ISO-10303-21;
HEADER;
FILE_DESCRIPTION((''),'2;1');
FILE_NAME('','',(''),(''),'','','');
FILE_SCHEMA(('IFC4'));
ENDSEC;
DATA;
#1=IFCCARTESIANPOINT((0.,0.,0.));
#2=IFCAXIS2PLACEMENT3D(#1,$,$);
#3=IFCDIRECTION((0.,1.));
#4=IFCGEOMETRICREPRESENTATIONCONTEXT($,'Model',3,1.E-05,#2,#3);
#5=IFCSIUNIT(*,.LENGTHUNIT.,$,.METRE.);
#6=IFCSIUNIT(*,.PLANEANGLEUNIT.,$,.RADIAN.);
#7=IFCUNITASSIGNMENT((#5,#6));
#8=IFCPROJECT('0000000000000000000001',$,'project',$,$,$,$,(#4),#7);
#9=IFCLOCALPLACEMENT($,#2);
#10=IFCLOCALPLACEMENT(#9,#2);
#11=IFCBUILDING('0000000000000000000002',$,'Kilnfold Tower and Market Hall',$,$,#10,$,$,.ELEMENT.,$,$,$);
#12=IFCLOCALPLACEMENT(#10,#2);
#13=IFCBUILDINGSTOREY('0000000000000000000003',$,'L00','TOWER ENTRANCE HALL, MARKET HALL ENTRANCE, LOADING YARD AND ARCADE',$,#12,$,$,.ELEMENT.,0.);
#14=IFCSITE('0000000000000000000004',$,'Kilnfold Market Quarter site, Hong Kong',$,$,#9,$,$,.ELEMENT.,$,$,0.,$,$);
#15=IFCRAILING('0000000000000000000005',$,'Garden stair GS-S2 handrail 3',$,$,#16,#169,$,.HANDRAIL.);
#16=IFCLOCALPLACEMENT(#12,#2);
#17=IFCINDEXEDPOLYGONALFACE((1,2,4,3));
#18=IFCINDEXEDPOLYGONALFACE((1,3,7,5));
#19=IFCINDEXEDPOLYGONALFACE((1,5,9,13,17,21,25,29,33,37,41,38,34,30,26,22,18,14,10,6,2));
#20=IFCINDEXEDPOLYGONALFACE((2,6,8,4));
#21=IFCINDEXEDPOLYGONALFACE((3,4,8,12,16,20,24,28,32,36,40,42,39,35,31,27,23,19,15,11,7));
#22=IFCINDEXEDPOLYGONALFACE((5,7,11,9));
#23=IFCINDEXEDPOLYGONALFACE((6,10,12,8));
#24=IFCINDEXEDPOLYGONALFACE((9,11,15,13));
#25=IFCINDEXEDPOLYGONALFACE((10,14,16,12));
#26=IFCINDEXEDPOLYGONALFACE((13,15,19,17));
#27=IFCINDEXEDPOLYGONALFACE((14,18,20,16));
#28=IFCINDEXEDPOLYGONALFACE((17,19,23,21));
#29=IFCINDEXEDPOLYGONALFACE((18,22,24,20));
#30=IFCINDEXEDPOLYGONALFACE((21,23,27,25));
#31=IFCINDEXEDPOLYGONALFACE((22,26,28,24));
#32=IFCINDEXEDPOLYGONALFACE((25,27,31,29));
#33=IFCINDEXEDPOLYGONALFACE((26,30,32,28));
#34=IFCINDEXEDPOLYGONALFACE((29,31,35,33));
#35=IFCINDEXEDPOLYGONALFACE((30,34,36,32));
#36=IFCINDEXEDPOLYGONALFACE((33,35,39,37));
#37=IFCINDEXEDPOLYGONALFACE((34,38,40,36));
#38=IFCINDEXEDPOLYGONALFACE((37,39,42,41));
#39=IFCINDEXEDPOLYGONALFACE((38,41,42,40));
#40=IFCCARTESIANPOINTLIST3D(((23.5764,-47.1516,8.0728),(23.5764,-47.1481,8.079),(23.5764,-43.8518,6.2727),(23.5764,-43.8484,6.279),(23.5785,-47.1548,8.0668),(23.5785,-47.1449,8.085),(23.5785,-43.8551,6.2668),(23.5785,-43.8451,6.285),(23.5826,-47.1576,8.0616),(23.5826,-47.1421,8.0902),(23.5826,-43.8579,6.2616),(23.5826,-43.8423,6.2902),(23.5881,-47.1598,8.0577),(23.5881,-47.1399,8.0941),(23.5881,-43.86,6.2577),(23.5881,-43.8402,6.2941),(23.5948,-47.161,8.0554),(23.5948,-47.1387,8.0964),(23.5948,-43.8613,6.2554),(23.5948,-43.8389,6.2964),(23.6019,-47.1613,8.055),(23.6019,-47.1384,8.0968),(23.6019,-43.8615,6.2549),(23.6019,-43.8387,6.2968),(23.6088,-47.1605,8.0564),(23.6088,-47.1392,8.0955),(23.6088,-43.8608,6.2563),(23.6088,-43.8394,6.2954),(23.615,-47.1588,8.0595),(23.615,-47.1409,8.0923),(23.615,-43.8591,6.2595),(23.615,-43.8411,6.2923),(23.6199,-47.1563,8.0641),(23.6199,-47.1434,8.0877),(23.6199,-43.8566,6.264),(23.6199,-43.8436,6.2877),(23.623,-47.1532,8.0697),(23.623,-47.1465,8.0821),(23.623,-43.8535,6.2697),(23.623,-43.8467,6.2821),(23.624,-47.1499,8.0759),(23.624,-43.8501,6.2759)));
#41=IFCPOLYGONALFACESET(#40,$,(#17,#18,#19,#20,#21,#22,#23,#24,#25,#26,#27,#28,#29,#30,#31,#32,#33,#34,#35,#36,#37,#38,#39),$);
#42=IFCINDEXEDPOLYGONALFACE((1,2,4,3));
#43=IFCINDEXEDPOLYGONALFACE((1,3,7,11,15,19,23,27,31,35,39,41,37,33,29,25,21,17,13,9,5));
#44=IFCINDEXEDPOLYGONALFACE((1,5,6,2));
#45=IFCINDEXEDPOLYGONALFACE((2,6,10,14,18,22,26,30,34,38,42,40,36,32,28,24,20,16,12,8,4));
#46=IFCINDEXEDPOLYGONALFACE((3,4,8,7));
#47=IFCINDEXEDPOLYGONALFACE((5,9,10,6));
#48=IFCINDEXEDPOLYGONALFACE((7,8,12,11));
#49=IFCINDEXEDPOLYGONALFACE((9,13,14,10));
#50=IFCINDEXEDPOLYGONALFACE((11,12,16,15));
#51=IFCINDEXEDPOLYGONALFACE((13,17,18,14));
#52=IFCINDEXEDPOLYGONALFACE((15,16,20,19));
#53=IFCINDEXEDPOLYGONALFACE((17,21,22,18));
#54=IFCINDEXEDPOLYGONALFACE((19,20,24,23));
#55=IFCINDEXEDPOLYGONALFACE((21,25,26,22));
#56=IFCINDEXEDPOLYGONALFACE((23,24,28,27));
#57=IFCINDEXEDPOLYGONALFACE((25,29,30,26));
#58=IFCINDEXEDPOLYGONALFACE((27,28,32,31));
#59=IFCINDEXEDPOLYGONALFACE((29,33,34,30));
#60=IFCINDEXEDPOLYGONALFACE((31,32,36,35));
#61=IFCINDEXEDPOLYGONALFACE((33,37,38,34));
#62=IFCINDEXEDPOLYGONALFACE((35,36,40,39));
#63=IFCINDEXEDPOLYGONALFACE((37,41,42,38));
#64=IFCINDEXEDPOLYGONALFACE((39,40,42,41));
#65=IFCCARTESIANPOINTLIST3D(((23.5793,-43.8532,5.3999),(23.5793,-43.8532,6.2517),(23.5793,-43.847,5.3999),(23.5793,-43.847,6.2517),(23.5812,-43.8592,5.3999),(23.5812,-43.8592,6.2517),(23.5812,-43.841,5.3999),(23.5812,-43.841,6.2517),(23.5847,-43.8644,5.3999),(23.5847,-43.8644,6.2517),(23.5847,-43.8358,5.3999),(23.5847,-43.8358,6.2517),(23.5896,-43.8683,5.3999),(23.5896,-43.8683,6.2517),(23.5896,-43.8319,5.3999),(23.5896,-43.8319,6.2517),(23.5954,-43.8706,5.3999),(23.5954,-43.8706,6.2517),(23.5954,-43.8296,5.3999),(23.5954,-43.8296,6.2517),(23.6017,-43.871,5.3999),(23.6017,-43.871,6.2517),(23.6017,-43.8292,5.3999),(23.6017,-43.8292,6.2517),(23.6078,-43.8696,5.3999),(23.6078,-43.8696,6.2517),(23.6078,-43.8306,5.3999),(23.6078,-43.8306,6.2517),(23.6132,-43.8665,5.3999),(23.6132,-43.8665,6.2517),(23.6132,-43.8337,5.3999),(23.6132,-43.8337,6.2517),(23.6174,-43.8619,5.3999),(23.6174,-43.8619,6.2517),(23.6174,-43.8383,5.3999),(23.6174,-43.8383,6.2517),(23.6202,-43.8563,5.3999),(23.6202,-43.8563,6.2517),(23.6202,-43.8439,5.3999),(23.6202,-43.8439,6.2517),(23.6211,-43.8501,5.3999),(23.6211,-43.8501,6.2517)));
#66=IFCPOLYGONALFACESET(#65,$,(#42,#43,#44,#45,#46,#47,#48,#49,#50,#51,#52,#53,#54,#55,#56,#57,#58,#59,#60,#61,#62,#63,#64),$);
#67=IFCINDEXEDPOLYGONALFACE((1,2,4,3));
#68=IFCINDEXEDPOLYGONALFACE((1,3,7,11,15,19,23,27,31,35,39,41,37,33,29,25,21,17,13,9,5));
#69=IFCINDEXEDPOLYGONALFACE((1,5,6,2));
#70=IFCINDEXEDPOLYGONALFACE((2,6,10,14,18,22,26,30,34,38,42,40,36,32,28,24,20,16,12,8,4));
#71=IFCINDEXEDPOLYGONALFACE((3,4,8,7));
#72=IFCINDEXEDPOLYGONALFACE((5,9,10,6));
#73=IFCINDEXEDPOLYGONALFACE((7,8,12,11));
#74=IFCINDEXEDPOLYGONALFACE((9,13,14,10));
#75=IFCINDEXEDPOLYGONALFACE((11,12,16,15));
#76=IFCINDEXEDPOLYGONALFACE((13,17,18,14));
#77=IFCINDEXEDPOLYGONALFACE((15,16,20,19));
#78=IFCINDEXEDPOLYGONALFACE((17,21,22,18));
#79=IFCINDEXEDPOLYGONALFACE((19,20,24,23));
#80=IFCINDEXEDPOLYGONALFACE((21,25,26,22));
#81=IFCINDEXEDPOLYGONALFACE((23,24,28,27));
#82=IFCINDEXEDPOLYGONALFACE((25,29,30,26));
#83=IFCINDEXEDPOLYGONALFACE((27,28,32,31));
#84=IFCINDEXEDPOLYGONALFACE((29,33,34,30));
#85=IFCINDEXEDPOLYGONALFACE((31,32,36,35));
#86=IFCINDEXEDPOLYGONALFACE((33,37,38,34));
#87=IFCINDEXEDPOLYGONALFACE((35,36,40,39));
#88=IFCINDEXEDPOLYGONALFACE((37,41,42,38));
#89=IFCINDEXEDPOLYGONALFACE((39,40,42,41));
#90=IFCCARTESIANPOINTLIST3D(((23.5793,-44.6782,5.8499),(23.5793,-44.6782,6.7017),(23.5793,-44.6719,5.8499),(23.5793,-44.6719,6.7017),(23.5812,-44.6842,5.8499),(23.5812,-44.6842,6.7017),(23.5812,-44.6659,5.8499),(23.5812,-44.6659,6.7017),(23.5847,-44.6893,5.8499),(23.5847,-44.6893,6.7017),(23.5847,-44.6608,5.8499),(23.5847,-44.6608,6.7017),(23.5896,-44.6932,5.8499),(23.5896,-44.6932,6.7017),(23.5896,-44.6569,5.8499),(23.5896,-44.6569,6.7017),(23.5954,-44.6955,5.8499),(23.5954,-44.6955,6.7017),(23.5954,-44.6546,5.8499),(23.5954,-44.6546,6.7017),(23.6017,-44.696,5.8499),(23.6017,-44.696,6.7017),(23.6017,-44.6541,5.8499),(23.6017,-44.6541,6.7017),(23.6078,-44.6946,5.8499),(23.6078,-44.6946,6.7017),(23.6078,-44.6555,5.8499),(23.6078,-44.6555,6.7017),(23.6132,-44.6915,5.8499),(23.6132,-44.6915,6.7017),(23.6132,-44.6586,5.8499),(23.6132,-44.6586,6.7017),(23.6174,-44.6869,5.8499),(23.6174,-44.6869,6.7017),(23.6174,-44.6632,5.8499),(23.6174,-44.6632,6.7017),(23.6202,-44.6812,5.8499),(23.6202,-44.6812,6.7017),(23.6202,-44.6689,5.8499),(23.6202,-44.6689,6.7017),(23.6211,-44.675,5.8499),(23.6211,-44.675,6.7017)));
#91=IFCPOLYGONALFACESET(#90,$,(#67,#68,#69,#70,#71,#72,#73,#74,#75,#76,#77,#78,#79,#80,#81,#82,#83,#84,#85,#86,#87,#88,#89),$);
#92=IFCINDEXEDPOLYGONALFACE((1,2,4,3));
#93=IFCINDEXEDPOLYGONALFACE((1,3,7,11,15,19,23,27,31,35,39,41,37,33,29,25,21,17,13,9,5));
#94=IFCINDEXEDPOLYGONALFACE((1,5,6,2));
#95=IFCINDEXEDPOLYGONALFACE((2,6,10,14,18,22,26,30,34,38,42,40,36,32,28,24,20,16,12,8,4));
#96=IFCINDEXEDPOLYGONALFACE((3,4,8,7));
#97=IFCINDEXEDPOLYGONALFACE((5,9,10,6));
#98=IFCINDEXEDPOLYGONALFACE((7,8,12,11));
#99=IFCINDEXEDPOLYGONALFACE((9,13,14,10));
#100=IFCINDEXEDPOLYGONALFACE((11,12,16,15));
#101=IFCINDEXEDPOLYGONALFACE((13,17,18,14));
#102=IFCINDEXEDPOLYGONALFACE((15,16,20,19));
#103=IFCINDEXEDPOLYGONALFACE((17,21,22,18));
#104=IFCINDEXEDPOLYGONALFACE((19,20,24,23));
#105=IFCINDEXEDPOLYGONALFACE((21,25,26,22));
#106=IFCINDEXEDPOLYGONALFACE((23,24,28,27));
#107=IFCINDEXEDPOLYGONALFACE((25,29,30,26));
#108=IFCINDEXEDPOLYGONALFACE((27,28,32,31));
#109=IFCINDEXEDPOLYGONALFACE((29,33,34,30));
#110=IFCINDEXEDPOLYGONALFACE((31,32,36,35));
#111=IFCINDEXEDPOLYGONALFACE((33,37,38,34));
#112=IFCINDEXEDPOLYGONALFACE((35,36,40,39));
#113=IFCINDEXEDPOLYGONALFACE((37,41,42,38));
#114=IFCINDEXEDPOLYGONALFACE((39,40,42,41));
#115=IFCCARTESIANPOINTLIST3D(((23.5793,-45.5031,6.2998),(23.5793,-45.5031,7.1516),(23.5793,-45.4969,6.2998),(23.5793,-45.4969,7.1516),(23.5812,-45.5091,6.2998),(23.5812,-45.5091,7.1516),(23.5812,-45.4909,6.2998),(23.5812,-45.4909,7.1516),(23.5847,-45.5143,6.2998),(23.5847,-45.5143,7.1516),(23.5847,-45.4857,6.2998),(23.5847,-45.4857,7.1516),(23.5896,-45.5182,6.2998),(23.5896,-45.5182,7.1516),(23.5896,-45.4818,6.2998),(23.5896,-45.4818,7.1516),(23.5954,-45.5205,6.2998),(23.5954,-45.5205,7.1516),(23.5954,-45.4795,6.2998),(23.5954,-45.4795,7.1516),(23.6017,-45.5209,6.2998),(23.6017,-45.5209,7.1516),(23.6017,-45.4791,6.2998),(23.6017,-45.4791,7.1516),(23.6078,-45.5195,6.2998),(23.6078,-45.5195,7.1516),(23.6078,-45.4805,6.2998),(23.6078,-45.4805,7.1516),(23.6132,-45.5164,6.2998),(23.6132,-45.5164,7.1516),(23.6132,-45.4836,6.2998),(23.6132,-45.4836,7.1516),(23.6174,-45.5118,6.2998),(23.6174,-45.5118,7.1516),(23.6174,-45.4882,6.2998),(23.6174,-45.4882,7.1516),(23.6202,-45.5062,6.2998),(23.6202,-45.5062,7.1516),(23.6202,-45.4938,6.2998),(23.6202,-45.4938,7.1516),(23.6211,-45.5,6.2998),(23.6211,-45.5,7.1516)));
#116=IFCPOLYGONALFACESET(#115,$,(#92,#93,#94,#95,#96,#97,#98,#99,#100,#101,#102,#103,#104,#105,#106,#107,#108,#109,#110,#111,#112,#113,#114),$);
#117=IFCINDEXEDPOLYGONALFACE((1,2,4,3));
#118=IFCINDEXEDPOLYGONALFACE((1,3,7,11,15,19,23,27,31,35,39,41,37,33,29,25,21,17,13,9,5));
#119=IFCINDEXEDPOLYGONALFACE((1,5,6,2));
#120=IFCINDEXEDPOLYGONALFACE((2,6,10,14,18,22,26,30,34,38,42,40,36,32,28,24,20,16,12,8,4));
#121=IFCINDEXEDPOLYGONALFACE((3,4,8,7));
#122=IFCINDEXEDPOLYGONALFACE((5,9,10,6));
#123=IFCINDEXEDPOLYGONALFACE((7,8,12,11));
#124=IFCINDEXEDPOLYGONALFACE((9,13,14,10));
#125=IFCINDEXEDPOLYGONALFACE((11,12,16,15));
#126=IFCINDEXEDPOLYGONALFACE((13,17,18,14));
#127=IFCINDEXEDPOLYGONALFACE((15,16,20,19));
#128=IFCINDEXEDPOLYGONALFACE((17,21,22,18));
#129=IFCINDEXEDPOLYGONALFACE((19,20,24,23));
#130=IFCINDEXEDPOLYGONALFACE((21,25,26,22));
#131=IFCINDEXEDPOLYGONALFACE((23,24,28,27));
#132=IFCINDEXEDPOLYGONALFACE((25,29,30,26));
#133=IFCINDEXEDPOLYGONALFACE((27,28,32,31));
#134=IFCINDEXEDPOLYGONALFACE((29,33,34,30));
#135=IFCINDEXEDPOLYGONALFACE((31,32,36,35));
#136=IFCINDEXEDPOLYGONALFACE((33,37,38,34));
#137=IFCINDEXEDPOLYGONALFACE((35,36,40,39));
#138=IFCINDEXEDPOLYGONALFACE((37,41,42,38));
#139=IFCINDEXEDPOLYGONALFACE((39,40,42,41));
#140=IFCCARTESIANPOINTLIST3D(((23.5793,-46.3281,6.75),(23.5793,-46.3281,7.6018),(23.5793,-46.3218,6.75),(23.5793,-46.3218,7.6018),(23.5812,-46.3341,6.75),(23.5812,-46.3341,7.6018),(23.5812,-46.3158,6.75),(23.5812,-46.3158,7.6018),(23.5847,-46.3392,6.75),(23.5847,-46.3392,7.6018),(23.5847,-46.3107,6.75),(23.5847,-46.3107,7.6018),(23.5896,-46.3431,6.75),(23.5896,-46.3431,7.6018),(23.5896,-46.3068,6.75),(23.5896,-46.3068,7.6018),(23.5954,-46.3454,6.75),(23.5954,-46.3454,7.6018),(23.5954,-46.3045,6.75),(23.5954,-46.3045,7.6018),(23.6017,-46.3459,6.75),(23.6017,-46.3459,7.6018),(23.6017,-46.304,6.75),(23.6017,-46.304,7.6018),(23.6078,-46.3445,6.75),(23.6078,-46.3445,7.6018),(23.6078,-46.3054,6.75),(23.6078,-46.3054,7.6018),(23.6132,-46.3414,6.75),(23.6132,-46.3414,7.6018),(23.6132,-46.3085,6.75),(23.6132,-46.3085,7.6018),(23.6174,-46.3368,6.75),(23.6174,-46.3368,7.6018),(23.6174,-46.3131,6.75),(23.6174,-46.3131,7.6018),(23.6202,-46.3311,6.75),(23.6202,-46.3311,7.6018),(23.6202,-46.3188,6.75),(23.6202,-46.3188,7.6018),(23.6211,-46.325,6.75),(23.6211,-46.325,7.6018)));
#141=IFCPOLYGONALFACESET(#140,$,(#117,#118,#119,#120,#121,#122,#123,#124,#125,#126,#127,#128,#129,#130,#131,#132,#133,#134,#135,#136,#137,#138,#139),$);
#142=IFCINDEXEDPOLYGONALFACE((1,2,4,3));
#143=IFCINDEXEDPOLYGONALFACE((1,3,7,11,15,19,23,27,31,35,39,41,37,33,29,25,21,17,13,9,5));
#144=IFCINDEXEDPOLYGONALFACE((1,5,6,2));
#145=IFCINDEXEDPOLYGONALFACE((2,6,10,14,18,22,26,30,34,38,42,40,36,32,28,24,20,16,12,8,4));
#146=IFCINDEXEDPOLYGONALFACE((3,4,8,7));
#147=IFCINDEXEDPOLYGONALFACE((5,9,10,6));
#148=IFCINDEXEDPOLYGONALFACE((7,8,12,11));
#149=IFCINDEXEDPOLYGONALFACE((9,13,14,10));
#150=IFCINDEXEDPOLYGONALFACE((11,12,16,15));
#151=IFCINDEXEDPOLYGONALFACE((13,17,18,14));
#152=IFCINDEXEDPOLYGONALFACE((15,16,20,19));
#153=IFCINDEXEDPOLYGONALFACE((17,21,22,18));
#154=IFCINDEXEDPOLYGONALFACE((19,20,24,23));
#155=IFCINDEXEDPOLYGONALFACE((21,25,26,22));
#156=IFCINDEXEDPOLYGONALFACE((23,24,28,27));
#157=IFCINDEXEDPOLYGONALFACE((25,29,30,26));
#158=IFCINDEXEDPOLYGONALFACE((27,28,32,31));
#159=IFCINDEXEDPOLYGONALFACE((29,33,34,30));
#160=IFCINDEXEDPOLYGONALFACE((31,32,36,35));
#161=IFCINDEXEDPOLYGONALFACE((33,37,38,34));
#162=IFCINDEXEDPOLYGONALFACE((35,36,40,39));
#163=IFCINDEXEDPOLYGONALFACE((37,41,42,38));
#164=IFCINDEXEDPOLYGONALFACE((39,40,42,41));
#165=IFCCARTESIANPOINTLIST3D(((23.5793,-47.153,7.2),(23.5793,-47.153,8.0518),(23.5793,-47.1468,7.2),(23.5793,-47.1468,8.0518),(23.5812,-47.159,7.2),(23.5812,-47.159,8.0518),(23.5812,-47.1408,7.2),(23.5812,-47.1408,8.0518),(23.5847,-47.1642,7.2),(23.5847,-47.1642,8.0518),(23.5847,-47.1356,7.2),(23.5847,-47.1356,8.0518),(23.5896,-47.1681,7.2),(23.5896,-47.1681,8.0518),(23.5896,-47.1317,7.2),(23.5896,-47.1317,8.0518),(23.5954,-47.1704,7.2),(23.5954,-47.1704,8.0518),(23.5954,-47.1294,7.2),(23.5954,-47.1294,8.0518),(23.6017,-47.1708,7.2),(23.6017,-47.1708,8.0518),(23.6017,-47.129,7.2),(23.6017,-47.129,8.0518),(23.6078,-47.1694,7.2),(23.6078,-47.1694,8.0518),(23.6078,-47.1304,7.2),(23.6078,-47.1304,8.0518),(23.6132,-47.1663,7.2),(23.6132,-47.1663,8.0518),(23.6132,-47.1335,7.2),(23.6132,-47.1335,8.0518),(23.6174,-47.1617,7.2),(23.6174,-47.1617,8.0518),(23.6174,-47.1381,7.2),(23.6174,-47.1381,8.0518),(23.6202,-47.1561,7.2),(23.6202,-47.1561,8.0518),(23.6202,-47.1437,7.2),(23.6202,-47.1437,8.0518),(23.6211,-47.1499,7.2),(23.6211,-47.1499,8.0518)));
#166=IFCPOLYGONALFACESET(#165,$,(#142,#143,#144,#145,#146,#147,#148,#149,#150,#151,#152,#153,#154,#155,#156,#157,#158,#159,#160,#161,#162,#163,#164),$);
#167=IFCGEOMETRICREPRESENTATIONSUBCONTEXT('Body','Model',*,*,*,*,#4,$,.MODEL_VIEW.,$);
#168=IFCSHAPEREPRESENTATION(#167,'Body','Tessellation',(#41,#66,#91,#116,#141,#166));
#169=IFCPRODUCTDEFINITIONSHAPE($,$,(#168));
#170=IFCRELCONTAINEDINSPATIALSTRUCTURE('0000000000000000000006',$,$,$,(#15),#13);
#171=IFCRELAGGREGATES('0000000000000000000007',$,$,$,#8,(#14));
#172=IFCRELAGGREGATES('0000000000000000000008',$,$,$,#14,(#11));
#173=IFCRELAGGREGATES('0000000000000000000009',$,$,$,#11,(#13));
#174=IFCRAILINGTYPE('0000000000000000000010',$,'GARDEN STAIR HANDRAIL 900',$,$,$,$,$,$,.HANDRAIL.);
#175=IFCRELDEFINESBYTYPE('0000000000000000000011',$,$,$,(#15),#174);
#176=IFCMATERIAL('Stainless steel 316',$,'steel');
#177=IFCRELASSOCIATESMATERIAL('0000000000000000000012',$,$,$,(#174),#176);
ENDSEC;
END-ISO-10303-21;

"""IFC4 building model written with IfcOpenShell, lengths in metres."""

from ifc_helpers import new_model, si_unit, direction, frame, origin, origin_2d, place, context, subcontext, project, spatial, circle, extrude, material, type_object, element, save


model = new_model("IFC4")

# Units and contexts
model_context = context("Model", 3, precision=1e-05, world=origin(), true_north=direction((0.0, 1.0)))
body_context = subcontext(model_context, "Body", "Model", "MODEL_VIEW")
ifc_project = project(units=[si_unit("LENGTHUNIT", "METRE"), si_unit("PLANEANGLEUNIT", "RADIAN")], contexts=[model_context])

# Site, building, storey
site_placement = place(None, origin())
site = spatial("IfcSite", under=ifc_project, at=site_placement, Name="Kilnfold Market Quarter site, Hong Kong", CompositionType="ELEMENT", RefElevation=0.0)
building_placement = place(site_placement, origin())
building = spatial("IfcBuilding", under=site, at=building_placement, Name="Kilnfold Tower and Market Hall", CompositionType="ELEMENT")
storey_placement = place(building_placement, origin())
storey = spatial("IfcBuildingStorey", under=building, at=storey_placement, Name="L00", Description="TOWER ENTRANCE HALL, MARKET HALL ENTRANCE, LOADING YARD AND ARCADE", CompositionType="ELEMENT", Elevation=0.0)

# Railing
ifc_material_1 = material(Name="Stainless steel 316", Category="steel")
railing_type_1 = type_object("IfcRailingType", Name="GARDEN STAIR HANDRAIL 900", PredefinedType="HANDRAIL", material=ifc_material_1)
railing_1_placement = place(storey_placement, frame((23.6001, -43.8501, 5.3999)))
element("IfcRailing", 1, at=railing_1_placement, inside=storey, type_object=railing_type_1, Name="Garden stair GS-S2 handrail 3", PredefinedType="HANDRAIL", context=body_context, shape_type="SweptSolid", body=[
    extrude(circle(Radius=0.0239, at=origin_2d()), frame((0.0, 0.0, 0.876), z_axis=(0.0, -0.877878, 0.478884), x_axis=(1.0, 0.0, 0.0)), (0.0, 0.0, 1.0), 3.7588),
    extrude(circle(Radius=0.021, at=origin_2d()), origin(), (0.0, 0.0, 1.0), 0.8518),
    extrude(circle(Radius=0.021, at=origin_2d()), frame((0.0, -0.825, 0.45)), (0.0, 0.0, 1.0), 0.8518),
    extrude(circle(Radius=0.021, at=origin_2d()), frame((0.0, -1.6499, 0.8999)), (0.0, 0.0, 1.0), 0.8518),
    extrude(circle(Radius=0.021, at=origin_2d()), frame((0.0, -2.4749, 1.3501)), (0.0, 0.0, 1.0), 0.8518),
    extrude(circle(Radius=0.021, at=origin_2d()), frame((0.0, -3.2998, 1.8)), (0.0, 0.0, 1.0), 0.8518),
])

save(model, "model.ifc")
